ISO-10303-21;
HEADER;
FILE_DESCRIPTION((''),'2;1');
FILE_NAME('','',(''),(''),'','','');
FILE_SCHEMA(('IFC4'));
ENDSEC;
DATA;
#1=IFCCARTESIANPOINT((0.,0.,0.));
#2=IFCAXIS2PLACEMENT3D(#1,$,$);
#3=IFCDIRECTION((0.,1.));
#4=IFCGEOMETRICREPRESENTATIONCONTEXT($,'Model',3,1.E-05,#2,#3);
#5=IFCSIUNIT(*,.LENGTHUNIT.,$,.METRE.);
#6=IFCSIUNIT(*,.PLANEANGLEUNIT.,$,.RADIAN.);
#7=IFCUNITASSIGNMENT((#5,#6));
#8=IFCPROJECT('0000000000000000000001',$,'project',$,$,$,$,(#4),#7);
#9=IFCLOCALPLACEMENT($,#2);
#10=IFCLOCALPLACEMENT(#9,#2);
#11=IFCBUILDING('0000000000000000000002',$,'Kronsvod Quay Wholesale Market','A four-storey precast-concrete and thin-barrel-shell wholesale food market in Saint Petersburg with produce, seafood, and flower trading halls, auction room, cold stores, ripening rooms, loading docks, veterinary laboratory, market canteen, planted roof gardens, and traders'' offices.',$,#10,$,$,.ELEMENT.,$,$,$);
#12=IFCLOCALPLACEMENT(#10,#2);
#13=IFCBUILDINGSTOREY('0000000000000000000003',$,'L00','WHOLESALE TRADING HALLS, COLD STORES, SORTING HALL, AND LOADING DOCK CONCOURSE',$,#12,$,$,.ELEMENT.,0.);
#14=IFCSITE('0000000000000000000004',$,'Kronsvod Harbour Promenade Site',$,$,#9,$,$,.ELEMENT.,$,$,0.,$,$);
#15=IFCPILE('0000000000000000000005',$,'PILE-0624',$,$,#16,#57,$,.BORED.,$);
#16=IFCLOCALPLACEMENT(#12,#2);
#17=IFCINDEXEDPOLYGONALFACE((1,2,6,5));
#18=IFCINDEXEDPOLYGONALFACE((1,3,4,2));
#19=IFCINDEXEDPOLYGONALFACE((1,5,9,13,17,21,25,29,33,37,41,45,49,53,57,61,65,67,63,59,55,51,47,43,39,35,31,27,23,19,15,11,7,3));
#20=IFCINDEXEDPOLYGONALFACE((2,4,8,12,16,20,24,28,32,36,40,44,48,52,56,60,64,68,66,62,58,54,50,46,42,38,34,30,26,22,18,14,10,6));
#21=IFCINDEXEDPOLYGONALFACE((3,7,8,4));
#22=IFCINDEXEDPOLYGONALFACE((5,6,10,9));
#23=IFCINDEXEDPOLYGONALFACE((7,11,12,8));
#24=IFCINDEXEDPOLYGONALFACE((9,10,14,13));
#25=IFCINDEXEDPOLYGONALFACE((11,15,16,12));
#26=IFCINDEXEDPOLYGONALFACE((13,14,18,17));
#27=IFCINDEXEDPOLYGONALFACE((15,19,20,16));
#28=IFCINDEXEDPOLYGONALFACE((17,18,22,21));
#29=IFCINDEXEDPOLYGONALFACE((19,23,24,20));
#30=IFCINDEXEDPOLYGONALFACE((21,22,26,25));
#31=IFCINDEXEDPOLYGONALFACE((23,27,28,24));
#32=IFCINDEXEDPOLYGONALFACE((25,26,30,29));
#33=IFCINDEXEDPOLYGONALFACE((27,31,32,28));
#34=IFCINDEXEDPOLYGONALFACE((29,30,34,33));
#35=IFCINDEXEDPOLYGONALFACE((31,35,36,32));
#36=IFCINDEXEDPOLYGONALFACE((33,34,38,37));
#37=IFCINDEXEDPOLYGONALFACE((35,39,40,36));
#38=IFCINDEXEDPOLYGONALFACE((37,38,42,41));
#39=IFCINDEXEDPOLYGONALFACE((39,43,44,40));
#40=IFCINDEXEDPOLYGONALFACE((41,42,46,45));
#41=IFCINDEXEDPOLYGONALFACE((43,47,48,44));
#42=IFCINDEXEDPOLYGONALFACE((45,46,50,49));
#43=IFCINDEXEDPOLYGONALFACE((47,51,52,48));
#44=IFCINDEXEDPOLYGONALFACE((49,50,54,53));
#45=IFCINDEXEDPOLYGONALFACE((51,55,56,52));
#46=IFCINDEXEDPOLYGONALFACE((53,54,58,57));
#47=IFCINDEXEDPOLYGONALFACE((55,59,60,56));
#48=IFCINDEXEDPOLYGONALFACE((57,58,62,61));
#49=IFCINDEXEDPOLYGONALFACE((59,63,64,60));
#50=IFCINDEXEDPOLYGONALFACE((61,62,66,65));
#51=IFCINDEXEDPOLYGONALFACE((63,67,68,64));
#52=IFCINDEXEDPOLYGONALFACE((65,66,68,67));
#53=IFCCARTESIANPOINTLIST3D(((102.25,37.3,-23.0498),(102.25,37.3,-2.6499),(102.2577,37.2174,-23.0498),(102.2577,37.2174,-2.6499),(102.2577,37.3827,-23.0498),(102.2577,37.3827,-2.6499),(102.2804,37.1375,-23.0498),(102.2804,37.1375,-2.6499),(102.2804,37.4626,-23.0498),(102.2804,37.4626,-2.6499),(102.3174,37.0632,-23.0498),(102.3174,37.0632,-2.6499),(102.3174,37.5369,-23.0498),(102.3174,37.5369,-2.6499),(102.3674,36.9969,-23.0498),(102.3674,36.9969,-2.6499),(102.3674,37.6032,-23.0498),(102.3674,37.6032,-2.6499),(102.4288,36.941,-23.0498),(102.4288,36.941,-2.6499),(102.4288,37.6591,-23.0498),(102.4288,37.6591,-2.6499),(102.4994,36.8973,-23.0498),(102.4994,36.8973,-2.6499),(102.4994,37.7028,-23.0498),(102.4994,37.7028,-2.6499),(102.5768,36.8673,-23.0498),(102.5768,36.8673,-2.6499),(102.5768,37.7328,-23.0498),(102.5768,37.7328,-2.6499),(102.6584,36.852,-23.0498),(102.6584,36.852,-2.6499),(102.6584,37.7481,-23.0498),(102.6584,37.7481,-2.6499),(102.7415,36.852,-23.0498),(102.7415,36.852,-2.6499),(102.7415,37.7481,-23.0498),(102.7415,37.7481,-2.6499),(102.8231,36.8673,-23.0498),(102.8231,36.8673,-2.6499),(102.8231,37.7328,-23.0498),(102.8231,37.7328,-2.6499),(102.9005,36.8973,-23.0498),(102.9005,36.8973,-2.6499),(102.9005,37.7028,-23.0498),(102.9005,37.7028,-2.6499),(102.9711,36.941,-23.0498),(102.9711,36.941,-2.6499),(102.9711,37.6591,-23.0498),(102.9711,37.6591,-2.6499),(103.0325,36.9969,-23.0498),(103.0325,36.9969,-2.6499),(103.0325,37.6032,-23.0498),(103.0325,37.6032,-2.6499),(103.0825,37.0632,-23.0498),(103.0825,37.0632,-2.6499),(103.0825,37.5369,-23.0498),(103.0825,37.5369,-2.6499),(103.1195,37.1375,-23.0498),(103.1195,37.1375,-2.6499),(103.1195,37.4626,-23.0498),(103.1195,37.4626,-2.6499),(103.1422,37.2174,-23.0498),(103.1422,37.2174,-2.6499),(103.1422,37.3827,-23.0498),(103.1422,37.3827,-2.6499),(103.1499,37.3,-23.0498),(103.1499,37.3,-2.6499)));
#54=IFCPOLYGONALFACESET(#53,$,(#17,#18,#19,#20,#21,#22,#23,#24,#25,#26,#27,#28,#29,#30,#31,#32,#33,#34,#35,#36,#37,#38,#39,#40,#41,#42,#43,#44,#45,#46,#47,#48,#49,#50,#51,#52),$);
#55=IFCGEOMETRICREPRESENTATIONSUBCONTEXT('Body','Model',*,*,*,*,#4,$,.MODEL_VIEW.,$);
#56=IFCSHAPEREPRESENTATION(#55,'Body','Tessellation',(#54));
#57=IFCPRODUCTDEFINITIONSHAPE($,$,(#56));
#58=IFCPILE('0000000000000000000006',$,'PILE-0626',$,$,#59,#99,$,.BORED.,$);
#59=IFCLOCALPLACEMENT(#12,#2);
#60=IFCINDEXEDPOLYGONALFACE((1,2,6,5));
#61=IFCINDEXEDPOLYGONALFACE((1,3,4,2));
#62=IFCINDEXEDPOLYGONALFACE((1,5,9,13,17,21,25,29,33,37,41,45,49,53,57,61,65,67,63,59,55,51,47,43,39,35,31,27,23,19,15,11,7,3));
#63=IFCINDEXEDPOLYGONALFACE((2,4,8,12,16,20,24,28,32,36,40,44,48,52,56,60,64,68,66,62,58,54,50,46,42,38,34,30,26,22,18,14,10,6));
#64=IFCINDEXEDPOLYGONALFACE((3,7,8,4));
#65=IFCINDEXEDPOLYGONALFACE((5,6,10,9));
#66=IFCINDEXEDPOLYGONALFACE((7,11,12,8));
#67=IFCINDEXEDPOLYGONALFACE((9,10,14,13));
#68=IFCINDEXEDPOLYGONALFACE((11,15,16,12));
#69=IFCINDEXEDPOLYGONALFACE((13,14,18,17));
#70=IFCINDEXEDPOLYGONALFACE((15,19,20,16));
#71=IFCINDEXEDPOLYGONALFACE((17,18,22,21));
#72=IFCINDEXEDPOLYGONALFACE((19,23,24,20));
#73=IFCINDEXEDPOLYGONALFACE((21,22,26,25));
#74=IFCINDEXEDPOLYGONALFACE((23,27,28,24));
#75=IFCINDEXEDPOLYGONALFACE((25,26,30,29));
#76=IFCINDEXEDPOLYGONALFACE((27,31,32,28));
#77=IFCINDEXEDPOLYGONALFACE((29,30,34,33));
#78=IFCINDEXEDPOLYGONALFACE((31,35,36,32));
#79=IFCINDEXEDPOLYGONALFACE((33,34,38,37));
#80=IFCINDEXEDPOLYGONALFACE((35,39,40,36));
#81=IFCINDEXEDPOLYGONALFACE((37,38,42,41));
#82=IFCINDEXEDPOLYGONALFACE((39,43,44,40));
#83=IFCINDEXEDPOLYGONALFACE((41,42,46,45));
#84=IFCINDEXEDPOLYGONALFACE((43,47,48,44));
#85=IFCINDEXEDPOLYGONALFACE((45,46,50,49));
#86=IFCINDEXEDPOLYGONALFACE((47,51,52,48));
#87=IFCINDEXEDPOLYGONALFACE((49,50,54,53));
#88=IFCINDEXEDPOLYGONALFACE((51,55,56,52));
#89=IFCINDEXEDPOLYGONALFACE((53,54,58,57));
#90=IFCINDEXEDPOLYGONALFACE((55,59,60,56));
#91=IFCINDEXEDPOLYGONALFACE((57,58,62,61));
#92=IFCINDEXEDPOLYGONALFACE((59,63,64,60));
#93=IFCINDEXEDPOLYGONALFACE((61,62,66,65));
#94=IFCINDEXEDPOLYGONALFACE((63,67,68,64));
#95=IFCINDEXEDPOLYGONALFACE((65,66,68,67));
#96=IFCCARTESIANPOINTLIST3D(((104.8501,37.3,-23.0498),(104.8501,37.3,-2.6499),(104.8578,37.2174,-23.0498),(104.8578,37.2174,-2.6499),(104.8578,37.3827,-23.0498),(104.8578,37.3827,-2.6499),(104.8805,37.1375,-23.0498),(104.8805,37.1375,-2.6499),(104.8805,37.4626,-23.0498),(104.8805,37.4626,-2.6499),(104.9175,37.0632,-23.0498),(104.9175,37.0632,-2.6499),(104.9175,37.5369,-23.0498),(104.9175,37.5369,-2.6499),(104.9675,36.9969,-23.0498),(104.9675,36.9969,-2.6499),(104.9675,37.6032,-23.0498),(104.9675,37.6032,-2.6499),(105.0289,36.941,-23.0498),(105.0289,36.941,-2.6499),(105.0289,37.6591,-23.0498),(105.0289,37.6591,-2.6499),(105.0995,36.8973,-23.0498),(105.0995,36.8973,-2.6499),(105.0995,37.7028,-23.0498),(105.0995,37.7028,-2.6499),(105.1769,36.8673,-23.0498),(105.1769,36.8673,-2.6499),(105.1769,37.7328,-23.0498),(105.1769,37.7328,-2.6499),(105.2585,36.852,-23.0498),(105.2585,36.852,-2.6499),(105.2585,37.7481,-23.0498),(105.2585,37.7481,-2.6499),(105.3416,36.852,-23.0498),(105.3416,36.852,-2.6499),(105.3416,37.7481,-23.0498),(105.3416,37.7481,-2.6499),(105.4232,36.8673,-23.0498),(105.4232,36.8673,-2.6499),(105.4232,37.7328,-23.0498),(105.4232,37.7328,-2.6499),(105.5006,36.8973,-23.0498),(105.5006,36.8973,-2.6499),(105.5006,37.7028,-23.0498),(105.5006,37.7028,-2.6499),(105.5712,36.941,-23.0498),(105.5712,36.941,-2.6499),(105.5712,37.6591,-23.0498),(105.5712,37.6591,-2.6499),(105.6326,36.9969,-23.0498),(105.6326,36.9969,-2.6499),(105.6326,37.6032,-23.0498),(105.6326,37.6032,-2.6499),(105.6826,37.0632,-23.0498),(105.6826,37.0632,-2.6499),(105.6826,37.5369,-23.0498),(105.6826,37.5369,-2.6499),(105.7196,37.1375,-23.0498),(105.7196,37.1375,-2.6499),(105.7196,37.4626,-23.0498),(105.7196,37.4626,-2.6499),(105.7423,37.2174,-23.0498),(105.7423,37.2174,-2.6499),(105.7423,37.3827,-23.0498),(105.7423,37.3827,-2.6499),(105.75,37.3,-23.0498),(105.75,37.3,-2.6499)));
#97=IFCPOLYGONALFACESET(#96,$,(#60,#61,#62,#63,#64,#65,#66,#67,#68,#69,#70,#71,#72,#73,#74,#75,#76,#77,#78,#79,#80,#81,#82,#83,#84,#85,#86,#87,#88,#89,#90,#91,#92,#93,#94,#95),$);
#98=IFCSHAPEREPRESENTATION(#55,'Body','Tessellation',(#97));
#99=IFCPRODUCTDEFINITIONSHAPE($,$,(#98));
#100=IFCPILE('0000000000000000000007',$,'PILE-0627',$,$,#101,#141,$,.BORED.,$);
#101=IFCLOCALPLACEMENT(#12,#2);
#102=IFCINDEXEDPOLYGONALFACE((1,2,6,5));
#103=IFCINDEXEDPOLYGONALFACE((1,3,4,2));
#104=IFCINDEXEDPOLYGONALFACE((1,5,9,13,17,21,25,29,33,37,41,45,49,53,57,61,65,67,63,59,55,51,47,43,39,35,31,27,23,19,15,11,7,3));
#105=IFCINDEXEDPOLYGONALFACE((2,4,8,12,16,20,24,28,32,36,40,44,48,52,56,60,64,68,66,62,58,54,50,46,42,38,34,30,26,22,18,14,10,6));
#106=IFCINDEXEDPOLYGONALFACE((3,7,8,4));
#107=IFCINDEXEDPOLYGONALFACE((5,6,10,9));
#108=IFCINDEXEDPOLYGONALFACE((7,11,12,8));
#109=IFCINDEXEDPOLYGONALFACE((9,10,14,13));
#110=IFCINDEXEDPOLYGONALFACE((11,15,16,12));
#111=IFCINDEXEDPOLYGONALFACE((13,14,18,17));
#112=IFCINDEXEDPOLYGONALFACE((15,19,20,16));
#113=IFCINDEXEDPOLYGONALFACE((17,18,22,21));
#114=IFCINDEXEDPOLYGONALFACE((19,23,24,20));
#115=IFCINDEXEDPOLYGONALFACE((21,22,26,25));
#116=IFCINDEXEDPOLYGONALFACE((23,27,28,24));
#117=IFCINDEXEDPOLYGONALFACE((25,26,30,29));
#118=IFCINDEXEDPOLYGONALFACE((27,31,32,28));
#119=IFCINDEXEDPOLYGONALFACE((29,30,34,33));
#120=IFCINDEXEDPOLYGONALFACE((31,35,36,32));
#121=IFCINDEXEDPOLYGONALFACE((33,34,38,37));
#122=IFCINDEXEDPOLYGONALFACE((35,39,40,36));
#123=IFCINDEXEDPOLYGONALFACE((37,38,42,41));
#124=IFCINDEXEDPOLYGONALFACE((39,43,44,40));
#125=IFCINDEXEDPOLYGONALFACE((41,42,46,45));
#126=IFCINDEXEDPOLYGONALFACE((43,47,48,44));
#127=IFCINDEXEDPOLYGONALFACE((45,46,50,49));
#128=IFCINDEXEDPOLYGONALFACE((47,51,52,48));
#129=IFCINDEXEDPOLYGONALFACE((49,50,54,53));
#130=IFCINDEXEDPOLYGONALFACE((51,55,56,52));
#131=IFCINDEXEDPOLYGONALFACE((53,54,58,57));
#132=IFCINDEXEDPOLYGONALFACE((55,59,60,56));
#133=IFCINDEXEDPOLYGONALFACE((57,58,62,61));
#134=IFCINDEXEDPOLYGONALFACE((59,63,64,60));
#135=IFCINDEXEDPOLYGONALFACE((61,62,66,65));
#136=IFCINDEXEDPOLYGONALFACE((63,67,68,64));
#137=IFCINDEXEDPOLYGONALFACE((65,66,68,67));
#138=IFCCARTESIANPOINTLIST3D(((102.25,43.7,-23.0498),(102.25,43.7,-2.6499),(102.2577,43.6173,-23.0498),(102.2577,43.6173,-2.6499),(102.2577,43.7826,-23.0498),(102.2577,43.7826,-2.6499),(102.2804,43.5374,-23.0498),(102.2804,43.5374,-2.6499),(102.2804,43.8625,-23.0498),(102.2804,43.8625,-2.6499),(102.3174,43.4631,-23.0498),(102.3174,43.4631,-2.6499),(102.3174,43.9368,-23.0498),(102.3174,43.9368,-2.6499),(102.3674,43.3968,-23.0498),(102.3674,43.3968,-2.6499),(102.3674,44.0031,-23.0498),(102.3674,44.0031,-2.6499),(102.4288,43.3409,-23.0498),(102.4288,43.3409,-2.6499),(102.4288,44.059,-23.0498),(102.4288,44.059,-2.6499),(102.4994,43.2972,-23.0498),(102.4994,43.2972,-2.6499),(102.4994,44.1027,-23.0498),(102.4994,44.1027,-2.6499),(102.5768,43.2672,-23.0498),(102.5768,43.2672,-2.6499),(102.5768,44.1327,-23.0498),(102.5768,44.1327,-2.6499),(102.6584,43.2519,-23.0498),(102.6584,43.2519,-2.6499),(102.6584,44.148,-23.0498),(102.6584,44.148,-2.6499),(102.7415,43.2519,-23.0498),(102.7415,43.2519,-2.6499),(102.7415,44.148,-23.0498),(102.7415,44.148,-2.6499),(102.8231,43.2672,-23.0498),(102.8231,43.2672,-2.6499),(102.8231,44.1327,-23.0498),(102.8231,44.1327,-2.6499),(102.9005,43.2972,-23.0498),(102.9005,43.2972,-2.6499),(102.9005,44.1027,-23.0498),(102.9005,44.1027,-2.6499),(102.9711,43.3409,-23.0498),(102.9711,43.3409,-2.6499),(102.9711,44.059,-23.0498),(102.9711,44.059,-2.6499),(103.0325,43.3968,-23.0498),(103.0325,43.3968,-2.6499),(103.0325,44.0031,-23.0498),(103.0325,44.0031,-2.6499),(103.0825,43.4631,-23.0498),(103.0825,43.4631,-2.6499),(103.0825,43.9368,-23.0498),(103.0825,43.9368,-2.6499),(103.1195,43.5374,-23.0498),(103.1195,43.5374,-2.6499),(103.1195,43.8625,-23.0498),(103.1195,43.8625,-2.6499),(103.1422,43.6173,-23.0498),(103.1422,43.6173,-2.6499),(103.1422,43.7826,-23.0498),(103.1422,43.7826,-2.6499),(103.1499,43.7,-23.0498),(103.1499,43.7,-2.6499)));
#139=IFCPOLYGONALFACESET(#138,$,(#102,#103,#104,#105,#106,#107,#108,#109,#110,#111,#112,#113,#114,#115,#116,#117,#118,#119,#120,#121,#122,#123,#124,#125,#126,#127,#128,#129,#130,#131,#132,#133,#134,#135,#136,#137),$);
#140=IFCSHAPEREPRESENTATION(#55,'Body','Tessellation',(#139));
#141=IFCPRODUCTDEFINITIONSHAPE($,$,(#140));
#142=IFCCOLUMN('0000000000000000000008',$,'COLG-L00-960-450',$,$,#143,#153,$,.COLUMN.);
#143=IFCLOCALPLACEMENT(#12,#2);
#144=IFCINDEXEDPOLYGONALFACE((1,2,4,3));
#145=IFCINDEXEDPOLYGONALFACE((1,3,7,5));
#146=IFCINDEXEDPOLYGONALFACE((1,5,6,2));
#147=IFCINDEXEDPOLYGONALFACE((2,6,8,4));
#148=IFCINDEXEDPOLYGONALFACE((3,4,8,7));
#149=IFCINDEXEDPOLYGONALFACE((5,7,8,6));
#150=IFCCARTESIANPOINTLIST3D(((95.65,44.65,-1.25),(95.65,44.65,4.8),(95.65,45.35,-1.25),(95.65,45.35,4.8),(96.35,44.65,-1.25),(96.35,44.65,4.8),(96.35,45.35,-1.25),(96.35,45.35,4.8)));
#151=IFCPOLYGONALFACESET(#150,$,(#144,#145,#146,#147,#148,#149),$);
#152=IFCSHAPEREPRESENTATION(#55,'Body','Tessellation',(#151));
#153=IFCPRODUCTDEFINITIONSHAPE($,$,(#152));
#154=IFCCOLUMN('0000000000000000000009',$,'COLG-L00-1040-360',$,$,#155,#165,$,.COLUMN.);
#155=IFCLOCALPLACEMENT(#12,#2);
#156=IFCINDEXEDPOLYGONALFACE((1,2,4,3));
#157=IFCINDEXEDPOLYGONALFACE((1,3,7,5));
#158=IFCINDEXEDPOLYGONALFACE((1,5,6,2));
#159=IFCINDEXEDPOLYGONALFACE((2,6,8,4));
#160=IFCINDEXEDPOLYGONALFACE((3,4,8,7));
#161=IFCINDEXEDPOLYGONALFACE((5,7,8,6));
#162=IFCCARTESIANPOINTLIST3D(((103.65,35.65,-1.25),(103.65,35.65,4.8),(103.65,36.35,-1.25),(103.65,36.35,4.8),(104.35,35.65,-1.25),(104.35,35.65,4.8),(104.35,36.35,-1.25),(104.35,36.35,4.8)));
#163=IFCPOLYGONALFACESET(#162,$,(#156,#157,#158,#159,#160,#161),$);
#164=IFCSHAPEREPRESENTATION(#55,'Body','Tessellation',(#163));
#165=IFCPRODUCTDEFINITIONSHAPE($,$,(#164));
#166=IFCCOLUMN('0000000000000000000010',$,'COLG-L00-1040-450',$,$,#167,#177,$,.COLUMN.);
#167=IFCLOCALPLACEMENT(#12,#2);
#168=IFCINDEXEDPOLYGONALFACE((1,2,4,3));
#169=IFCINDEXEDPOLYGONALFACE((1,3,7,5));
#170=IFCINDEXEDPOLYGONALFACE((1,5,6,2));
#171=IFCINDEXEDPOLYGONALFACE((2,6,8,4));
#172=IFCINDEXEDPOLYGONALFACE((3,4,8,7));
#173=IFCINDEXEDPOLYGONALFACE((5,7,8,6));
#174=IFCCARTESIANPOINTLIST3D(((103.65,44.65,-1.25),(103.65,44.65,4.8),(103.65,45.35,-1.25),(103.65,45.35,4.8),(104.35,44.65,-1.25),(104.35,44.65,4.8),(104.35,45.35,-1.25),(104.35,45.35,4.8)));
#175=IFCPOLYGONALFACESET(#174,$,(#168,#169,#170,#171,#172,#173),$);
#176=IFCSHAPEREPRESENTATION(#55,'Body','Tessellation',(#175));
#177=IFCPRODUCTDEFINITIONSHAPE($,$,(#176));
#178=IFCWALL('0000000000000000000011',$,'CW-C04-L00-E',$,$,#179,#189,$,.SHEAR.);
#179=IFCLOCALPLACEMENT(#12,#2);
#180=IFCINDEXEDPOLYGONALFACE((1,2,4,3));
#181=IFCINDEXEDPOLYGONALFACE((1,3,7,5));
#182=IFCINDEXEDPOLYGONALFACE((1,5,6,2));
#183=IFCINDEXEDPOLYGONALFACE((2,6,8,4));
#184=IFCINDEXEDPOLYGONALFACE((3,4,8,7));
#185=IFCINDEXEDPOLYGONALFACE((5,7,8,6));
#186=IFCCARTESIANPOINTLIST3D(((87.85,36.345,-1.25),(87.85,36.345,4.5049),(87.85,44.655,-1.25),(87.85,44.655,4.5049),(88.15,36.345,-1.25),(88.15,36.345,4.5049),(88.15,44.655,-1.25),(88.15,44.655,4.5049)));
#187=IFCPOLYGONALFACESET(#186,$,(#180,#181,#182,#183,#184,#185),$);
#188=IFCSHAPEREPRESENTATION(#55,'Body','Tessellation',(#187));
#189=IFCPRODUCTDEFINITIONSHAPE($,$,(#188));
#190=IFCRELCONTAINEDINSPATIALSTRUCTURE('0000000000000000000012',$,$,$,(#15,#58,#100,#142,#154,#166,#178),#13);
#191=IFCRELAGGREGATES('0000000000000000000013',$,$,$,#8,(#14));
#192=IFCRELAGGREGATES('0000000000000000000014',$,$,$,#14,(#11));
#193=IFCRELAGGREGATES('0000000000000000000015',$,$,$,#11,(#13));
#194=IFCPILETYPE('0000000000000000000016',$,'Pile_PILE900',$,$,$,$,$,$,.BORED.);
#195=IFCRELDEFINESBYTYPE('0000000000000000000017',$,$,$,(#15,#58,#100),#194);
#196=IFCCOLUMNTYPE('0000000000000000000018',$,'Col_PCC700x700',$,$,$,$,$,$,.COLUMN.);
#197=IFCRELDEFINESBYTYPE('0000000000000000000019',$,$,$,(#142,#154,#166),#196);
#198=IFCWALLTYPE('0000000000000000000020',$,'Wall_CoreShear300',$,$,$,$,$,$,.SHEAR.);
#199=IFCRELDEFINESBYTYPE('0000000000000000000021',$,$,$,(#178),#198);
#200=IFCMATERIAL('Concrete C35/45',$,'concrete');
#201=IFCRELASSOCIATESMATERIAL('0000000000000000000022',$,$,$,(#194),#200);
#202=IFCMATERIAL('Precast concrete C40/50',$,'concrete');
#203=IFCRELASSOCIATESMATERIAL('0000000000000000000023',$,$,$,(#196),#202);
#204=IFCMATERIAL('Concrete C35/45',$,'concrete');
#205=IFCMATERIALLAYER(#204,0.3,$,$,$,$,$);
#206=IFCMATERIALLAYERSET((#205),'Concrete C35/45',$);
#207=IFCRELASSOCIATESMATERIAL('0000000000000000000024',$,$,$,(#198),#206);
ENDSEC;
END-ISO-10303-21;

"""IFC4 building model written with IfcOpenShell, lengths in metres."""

from ifc_helpers import new_model, si_unit, direction, frame, frame_2d, origin, origin_2d, place, context, subcontext, project, spatial, rectangle, circle, extrude, material, layer, layer_set, material_profile, profile_set, type_object, element, save


model = new_model("IFC4")

# Units and contexts
model_context = context("Model", 3, precision=1e-05, world=origin(), true_north=direction((0.0, 1.0)))
body_context = subcontext(model_context, "Body", "Model", "MODEL_VIEW")
ifc_project = project(units=[si_unit("LENGTHUNIT", "METRE"), si_unit("PLANEANGLEUNIT", "RADIAN")], contexts=[model_context])

# Site, building, storey
site_placement = place(None, origin())
site = spatial("IfcSite", under=ifc_project, at=site_placement, Name="Kronsvod Harbour Promenade Site", CompositionType="ELEMENT", RefElevation=0.0)
building_placement = place(site_placement, origin())
building = spatial("IfcBuilding", under=site, at=building_placement, Name="Kronsvod Quay Wholesale Market", Description="A four-storey precast-concrete and thin-barrel-shell wholesale food market in Saint Petersburg with produce, seafood, and flower trading halls, auction room, cold stores, ripening rooms, loading docks, veterinary laboratory, market canteen, planted roof gardens, and traders' offices.", CompositionType="ELEMENT")
storey_placement = place(building_placement, origin())
storey = spatial("IfcBuildingStorey", under=building, at=storey_placement, Name="L00", Description="WHOLESALE TRADING HALLS, COLD STORES, SORTING HALL, AND LOADING DOCK CONCOURSE", CompositionType="ELEMENT", Elevation=0.0)

# Piles
ifc_material_1 = material(Name="Concrete C35/45", Category="concrete")
ifc_material_profile_1 = material_profile(ifc_material_1, circle(Radius=0.45, at=origin_2d()), Name="PILE900")
ifc_profile_set_1 = profile_set([ifc_material_profile_1], Name="Concrete C35/45")
pile_type = type_object("IfcPileType", Name="Pile_PILE900", PredefinedType="BORED", material=ifc_profile_set_1)
for number, where, z_axis, x_axis, name in (
    (1, (102.7, 37.3, -2.6499), (0.0, 0.0, -1.0), (1.0, 0.0, 0.0), "PILE-0624"),
    (2, (105.3, 37.3, -2.6499), (0.0, 0.0, -1.0), (1.0, 0.0, 0.0), "PILE-0626"),
    (3, (102.7, 43.7, -2.6499), (0.0, 0.0, -1.0), (1.0, 0.0, 0.0), "PILE-0627"),
):
    element("IfcPile", number, at=place(storey_placement, frame(where, z_axis=z_axis, x_axis=x_axis)), inside=storey, type_object=pile_type, Name=name, PredefinedType="BORED", context=body_context, shape_type="SweptSolid", body=[
        extrude(circle(Radius=0.45, at=origin_2d()), origin(), (0.0, 0.0, 1.0), 20.3999),
    ])

# Columns
ifc_material_2 = material(Name="Precast concrete C40/50", Category="concrete")
ifc_material_profile_2 = material_profile(ifc_material_2, rectangle(XDim=0.7, YDim=0.7, at=origin_2d()), Name="PCC700x700")
ifc_profile_set_2 = profile_set([ifc_material_profile_2], Name="Precast concrete C40/50")
column_type = type_object("IfcColumnType", Name="Col_PCC700x700", PredefinedType="COLUMN", material=ifc_profile_set_2)
for number, where, z_axis, x_axis, name in (
    (4, (96.0, 45.0, -1.25), (0.0, 0.0, 1.0), (1.0, 0.0, 0.0), "COLG-L00-960-450"),
    (5, (104.0, 36.0, -1.25), (0.0, 0.0, 1.0), (1.0, 0.0, 0.0), "COLG-L00-1040-360"),
    (6, (104.0, 45.0, -1.25), (0.0, 0.0, 1.0), (1.0, 0.0, 0.0), "COLG-L00-1040-450"),
):
    element("IfcColumn", number, at=place(storey_placement, frame(where, z_axis=z_axis, x_axis=x_axis)), inside=storey, type_object=column_type, Name=name, PredefinedType="COLUMN", context=body_context, shape_type="SweptSolid", body=[
        extrude(rectangle(XDim=0.7, YDim=0.7, at=origin_2d()), origin(), (0.0, 0.0, 1.0), 6.05),
    ])

# Wall
ifc_material_3 = material(Name="Concrete C35/45", Category="concrete")
ifc_layer_1 = layer(ifc_material_3, 0.3)
ifc_layer_set_1 = layer_set([ifc_layer_1], Name="Concrete C35/45")
wall_type_1 = type_object("IfcWallType", Name="Wall_CoreShear300", PredefinedType="SHEAR", material=ifc_layer_set_1)
wall_1_placement = place(storey_placement, frame((88.0, 36.345, -1.25), z_axis=(0.0, 0.0, 1.0), x_axis=(0.0, 1.0, 0.0)))
element("IfcWall", 7, at=wall_1_placement, inside=storey, type_object=wall_type_1, Name="CW-C04-L00-E", PredefinedType="SHEAR", context=body_context, shape_type="SweptSolid", body=[
    extrude(rectangle(XDim=8.3101, YDim=0.3, at=frame_2d((4.155, 0.0))), origin(), (0.0, 0.0, 1.0), 5.7549),
])

save(model, "model.ifc")
